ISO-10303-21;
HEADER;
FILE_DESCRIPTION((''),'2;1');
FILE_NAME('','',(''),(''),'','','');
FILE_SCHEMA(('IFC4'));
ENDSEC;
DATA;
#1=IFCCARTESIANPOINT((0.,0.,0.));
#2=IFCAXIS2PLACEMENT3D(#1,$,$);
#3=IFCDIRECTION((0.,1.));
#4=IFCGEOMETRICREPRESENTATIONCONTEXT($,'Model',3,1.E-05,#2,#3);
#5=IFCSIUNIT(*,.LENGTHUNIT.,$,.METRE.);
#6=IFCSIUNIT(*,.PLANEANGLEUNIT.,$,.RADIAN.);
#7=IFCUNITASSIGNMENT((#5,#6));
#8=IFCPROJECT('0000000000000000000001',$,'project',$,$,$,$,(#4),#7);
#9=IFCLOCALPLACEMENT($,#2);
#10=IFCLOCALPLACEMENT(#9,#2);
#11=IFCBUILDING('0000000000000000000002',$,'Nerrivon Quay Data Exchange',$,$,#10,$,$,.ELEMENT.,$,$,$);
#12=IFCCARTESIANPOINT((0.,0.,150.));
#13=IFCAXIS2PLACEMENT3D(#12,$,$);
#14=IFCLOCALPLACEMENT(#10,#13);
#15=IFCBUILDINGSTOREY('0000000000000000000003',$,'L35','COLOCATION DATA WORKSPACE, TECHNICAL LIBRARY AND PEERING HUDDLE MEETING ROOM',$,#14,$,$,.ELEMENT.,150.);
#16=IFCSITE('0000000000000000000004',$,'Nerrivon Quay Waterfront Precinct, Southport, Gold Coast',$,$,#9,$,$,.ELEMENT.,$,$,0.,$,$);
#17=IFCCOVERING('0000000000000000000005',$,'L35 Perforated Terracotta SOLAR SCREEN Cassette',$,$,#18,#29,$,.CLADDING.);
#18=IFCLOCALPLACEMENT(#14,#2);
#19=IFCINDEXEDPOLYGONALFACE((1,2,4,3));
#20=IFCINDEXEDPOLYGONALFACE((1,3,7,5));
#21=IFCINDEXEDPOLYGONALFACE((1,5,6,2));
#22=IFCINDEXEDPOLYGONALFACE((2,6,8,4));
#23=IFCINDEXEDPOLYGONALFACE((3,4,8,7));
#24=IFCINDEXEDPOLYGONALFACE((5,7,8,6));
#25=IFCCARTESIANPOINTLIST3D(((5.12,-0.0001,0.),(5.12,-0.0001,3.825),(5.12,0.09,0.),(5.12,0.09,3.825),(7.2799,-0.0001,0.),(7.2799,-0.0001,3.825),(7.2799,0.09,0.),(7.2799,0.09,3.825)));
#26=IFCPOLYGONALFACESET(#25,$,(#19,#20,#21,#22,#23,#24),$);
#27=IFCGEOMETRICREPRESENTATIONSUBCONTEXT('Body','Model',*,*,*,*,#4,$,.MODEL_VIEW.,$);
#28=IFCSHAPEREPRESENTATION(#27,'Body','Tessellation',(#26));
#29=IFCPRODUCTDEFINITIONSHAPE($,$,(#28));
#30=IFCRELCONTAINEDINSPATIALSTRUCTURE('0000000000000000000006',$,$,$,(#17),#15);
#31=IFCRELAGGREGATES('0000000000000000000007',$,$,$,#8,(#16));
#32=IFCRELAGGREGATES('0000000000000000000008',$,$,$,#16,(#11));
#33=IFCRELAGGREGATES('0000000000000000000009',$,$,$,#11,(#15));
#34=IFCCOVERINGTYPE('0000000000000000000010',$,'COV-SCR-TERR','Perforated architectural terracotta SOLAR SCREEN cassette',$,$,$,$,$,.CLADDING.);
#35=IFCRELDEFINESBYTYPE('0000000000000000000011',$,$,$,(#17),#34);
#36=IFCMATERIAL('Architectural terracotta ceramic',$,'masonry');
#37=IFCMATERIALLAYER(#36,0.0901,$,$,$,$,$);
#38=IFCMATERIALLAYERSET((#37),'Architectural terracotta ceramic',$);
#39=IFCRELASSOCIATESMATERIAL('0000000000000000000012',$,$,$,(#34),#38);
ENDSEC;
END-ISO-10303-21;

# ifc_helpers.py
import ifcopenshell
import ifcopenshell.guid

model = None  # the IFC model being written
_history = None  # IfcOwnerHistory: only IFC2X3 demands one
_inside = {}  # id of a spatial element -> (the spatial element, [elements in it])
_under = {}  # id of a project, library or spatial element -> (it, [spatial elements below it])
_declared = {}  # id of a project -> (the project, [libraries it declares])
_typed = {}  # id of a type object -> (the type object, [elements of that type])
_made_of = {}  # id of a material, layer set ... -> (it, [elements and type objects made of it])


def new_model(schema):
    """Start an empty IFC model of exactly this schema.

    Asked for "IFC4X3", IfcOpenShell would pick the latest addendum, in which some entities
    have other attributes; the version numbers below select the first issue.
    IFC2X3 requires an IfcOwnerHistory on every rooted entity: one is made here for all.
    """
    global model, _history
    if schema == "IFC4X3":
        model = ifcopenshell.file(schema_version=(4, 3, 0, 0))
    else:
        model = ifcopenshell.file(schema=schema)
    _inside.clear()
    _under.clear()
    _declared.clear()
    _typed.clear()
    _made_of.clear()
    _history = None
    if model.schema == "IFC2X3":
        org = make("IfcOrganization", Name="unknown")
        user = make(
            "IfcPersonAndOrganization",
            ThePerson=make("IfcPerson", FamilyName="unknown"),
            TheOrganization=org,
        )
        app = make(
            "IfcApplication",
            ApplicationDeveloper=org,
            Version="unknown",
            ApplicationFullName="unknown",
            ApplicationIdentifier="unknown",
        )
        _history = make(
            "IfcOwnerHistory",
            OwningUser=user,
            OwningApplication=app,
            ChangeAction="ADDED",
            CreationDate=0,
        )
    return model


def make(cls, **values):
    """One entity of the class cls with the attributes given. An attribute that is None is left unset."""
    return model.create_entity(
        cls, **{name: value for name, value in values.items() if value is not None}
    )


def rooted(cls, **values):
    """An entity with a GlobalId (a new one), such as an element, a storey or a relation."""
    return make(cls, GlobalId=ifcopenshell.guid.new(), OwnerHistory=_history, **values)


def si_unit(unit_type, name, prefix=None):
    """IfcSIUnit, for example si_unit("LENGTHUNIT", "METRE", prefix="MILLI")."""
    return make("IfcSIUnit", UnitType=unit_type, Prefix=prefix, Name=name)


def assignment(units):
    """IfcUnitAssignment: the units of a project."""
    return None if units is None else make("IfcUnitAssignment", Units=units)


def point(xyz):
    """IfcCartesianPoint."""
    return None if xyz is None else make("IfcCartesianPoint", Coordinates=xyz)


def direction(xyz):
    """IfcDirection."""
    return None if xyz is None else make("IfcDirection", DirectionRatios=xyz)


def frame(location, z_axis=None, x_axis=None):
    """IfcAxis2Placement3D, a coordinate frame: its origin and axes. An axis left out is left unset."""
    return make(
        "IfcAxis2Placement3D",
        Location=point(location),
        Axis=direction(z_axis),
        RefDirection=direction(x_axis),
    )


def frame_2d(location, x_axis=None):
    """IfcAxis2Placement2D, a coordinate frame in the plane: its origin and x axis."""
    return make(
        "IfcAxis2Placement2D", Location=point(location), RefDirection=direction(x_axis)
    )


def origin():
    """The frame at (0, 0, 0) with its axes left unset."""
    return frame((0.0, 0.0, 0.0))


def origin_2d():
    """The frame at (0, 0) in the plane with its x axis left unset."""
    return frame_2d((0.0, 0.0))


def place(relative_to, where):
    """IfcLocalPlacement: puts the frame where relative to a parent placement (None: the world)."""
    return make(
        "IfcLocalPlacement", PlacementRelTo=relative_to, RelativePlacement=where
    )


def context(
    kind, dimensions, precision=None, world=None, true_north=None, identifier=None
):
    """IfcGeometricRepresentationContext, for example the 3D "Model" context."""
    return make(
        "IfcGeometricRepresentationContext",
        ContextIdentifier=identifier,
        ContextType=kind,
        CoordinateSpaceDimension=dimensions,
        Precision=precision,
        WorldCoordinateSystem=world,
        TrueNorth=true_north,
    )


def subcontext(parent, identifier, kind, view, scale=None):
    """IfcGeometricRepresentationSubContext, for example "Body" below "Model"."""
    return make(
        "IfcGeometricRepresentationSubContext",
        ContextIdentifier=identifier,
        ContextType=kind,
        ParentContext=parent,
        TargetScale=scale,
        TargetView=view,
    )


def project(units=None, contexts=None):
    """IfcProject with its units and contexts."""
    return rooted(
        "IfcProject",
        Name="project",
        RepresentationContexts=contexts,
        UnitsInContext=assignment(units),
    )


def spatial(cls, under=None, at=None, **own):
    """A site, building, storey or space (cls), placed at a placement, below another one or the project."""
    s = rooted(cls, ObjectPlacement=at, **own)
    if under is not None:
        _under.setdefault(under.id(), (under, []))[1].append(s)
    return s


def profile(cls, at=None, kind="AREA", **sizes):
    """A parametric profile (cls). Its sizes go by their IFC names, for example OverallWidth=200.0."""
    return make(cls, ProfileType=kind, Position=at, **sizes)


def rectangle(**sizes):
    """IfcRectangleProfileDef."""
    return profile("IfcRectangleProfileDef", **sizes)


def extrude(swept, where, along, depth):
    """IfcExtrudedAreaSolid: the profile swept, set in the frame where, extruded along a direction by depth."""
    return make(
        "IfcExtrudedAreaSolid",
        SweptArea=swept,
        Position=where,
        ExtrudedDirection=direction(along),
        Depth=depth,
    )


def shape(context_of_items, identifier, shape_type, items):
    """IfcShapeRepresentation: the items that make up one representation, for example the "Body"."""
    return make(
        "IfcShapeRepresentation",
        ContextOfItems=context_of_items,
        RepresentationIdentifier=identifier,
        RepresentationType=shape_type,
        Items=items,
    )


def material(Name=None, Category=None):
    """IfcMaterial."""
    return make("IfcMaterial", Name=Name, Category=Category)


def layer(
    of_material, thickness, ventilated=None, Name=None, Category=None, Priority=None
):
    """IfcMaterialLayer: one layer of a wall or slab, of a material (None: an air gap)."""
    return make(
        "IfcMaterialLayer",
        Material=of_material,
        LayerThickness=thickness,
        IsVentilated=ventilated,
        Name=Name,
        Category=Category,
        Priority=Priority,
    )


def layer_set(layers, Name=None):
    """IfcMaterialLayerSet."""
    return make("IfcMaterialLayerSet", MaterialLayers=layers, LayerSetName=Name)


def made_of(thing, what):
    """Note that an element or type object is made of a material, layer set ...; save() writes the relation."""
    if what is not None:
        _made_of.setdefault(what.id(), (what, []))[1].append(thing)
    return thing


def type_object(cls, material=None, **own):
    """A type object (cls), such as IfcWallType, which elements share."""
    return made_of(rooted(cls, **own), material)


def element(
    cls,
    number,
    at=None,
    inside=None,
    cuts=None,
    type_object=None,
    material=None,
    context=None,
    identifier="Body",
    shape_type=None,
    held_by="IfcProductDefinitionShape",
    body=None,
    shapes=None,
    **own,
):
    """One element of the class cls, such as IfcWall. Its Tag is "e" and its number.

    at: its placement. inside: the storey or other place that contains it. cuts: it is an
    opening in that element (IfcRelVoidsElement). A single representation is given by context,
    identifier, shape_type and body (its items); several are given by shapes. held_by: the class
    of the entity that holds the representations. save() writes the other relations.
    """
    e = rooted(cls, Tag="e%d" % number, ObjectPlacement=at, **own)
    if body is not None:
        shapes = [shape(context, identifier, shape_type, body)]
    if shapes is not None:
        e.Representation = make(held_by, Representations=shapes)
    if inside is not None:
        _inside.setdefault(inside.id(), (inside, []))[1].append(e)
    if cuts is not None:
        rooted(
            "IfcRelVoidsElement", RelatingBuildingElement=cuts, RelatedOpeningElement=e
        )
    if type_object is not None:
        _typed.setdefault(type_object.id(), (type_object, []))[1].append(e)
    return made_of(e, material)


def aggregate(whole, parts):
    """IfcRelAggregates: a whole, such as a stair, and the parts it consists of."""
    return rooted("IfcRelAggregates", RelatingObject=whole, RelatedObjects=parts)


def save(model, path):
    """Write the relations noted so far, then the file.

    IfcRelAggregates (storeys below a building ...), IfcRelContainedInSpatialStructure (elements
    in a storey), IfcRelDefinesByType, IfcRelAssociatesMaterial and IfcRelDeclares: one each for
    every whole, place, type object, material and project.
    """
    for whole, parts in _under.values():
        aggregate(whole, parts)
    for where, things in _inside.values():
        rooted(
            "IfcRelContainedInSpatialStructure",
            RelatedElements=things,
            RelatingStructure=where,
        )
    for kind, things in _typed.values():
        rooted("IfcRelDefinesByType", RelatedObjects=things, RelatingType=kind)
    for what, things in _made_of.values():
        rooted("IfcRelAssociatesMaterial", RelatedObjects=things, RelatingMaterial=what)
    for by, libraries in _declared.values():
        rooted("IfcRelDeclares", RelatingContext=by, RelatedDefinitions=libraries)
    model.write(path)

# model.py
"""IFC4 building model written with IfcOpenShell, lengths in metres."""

from ifc_helpers import new_model, si_unit, direction, frame, origin, origin_2d, place, context, subcontext, project, spatial, rectangle, extrude, material, layer, layer_set, type_object, element, save


model = new_model("IFC4")

# Units and contexts
model_context = context("Model", 3, precision=1e-05, world=origin(), true_north=direction((0.0, 1.0)))
body_context = subcontext(model_context, "Body", "Model", "MODEL_VIEW")
ifc_project = project(units=[si_unit("LENGTHUNIT", "METRE"), si_unit("PLANEANGLEUNIT", "RADIAN")], contexts=[model_context])

# Site, building, storey
site_placement = place(None, origin())
site = spatial("IfcSite", under=ifc_project, at=site_placement, Name="Nerrivon Quay Waterfront Precinct, Southport, Gold Coast", CompositionType="ELEMENT", RefElevation=0.0)
building_placement = place(site_placement, origin())
building = spatial("IfcBuilding", under=site, at=building_placement, Name="Nerrivon Quay Data Exchange", CompositionType="ELEMENT")
storey_placement = place(building_placement, frame((0.0, 0.0, 150.0)))
storey = spatial("IfcBuildingStorey", under=building, at=storey_placement, Name="L35", Description="COLOCATION DATA WORKSPACE, TECHNICAL LIBRARY AND PEERING HUDDLE MEETING ROOM", CompositionType="ELEMENT", Elevation=150.0)

# Covering
ifc_material_1 = material(Name="Architectural terracotta ceramic", Category="masonry")
ifc_layer_1 = layer(ifc_material_1, 0.0901)
ifc_layer_set_1 = layer_set([ifc_layer_1], Name="Architectural terracotta ceramic")
covering_type = type_object("IfcCoveringType", Name="COV-SCR-TERR", Description="Perforated architectural terracotta SOLAR SCREEN cassette", PredefinedType="CLADDING", material=ifc_layer_set_1)
covering_1_placement = place(storey_placement, frame((6.2, 0.0449, 0.0), z_axis=(0.0, 0.0, 1.0), x_axis=(-1.0, 0.0, 0.0)))
element("IfcCovering", 1, at=covering_1_placement, inside=storey, type_object=covering_type, Name="L35 Perforated Terracotta SOLAR SCREEN Cassette", PredefinedType="CLADDING", context=body_context, shape_type="SweptSolid", body=[
    extrude(rectangle(XDim=2.1599, YDim=0.0901, at=origin_2d()), origin(), (0.0, 0.0, 1.0), 3.825),
])

save(model, "model.ifc")
